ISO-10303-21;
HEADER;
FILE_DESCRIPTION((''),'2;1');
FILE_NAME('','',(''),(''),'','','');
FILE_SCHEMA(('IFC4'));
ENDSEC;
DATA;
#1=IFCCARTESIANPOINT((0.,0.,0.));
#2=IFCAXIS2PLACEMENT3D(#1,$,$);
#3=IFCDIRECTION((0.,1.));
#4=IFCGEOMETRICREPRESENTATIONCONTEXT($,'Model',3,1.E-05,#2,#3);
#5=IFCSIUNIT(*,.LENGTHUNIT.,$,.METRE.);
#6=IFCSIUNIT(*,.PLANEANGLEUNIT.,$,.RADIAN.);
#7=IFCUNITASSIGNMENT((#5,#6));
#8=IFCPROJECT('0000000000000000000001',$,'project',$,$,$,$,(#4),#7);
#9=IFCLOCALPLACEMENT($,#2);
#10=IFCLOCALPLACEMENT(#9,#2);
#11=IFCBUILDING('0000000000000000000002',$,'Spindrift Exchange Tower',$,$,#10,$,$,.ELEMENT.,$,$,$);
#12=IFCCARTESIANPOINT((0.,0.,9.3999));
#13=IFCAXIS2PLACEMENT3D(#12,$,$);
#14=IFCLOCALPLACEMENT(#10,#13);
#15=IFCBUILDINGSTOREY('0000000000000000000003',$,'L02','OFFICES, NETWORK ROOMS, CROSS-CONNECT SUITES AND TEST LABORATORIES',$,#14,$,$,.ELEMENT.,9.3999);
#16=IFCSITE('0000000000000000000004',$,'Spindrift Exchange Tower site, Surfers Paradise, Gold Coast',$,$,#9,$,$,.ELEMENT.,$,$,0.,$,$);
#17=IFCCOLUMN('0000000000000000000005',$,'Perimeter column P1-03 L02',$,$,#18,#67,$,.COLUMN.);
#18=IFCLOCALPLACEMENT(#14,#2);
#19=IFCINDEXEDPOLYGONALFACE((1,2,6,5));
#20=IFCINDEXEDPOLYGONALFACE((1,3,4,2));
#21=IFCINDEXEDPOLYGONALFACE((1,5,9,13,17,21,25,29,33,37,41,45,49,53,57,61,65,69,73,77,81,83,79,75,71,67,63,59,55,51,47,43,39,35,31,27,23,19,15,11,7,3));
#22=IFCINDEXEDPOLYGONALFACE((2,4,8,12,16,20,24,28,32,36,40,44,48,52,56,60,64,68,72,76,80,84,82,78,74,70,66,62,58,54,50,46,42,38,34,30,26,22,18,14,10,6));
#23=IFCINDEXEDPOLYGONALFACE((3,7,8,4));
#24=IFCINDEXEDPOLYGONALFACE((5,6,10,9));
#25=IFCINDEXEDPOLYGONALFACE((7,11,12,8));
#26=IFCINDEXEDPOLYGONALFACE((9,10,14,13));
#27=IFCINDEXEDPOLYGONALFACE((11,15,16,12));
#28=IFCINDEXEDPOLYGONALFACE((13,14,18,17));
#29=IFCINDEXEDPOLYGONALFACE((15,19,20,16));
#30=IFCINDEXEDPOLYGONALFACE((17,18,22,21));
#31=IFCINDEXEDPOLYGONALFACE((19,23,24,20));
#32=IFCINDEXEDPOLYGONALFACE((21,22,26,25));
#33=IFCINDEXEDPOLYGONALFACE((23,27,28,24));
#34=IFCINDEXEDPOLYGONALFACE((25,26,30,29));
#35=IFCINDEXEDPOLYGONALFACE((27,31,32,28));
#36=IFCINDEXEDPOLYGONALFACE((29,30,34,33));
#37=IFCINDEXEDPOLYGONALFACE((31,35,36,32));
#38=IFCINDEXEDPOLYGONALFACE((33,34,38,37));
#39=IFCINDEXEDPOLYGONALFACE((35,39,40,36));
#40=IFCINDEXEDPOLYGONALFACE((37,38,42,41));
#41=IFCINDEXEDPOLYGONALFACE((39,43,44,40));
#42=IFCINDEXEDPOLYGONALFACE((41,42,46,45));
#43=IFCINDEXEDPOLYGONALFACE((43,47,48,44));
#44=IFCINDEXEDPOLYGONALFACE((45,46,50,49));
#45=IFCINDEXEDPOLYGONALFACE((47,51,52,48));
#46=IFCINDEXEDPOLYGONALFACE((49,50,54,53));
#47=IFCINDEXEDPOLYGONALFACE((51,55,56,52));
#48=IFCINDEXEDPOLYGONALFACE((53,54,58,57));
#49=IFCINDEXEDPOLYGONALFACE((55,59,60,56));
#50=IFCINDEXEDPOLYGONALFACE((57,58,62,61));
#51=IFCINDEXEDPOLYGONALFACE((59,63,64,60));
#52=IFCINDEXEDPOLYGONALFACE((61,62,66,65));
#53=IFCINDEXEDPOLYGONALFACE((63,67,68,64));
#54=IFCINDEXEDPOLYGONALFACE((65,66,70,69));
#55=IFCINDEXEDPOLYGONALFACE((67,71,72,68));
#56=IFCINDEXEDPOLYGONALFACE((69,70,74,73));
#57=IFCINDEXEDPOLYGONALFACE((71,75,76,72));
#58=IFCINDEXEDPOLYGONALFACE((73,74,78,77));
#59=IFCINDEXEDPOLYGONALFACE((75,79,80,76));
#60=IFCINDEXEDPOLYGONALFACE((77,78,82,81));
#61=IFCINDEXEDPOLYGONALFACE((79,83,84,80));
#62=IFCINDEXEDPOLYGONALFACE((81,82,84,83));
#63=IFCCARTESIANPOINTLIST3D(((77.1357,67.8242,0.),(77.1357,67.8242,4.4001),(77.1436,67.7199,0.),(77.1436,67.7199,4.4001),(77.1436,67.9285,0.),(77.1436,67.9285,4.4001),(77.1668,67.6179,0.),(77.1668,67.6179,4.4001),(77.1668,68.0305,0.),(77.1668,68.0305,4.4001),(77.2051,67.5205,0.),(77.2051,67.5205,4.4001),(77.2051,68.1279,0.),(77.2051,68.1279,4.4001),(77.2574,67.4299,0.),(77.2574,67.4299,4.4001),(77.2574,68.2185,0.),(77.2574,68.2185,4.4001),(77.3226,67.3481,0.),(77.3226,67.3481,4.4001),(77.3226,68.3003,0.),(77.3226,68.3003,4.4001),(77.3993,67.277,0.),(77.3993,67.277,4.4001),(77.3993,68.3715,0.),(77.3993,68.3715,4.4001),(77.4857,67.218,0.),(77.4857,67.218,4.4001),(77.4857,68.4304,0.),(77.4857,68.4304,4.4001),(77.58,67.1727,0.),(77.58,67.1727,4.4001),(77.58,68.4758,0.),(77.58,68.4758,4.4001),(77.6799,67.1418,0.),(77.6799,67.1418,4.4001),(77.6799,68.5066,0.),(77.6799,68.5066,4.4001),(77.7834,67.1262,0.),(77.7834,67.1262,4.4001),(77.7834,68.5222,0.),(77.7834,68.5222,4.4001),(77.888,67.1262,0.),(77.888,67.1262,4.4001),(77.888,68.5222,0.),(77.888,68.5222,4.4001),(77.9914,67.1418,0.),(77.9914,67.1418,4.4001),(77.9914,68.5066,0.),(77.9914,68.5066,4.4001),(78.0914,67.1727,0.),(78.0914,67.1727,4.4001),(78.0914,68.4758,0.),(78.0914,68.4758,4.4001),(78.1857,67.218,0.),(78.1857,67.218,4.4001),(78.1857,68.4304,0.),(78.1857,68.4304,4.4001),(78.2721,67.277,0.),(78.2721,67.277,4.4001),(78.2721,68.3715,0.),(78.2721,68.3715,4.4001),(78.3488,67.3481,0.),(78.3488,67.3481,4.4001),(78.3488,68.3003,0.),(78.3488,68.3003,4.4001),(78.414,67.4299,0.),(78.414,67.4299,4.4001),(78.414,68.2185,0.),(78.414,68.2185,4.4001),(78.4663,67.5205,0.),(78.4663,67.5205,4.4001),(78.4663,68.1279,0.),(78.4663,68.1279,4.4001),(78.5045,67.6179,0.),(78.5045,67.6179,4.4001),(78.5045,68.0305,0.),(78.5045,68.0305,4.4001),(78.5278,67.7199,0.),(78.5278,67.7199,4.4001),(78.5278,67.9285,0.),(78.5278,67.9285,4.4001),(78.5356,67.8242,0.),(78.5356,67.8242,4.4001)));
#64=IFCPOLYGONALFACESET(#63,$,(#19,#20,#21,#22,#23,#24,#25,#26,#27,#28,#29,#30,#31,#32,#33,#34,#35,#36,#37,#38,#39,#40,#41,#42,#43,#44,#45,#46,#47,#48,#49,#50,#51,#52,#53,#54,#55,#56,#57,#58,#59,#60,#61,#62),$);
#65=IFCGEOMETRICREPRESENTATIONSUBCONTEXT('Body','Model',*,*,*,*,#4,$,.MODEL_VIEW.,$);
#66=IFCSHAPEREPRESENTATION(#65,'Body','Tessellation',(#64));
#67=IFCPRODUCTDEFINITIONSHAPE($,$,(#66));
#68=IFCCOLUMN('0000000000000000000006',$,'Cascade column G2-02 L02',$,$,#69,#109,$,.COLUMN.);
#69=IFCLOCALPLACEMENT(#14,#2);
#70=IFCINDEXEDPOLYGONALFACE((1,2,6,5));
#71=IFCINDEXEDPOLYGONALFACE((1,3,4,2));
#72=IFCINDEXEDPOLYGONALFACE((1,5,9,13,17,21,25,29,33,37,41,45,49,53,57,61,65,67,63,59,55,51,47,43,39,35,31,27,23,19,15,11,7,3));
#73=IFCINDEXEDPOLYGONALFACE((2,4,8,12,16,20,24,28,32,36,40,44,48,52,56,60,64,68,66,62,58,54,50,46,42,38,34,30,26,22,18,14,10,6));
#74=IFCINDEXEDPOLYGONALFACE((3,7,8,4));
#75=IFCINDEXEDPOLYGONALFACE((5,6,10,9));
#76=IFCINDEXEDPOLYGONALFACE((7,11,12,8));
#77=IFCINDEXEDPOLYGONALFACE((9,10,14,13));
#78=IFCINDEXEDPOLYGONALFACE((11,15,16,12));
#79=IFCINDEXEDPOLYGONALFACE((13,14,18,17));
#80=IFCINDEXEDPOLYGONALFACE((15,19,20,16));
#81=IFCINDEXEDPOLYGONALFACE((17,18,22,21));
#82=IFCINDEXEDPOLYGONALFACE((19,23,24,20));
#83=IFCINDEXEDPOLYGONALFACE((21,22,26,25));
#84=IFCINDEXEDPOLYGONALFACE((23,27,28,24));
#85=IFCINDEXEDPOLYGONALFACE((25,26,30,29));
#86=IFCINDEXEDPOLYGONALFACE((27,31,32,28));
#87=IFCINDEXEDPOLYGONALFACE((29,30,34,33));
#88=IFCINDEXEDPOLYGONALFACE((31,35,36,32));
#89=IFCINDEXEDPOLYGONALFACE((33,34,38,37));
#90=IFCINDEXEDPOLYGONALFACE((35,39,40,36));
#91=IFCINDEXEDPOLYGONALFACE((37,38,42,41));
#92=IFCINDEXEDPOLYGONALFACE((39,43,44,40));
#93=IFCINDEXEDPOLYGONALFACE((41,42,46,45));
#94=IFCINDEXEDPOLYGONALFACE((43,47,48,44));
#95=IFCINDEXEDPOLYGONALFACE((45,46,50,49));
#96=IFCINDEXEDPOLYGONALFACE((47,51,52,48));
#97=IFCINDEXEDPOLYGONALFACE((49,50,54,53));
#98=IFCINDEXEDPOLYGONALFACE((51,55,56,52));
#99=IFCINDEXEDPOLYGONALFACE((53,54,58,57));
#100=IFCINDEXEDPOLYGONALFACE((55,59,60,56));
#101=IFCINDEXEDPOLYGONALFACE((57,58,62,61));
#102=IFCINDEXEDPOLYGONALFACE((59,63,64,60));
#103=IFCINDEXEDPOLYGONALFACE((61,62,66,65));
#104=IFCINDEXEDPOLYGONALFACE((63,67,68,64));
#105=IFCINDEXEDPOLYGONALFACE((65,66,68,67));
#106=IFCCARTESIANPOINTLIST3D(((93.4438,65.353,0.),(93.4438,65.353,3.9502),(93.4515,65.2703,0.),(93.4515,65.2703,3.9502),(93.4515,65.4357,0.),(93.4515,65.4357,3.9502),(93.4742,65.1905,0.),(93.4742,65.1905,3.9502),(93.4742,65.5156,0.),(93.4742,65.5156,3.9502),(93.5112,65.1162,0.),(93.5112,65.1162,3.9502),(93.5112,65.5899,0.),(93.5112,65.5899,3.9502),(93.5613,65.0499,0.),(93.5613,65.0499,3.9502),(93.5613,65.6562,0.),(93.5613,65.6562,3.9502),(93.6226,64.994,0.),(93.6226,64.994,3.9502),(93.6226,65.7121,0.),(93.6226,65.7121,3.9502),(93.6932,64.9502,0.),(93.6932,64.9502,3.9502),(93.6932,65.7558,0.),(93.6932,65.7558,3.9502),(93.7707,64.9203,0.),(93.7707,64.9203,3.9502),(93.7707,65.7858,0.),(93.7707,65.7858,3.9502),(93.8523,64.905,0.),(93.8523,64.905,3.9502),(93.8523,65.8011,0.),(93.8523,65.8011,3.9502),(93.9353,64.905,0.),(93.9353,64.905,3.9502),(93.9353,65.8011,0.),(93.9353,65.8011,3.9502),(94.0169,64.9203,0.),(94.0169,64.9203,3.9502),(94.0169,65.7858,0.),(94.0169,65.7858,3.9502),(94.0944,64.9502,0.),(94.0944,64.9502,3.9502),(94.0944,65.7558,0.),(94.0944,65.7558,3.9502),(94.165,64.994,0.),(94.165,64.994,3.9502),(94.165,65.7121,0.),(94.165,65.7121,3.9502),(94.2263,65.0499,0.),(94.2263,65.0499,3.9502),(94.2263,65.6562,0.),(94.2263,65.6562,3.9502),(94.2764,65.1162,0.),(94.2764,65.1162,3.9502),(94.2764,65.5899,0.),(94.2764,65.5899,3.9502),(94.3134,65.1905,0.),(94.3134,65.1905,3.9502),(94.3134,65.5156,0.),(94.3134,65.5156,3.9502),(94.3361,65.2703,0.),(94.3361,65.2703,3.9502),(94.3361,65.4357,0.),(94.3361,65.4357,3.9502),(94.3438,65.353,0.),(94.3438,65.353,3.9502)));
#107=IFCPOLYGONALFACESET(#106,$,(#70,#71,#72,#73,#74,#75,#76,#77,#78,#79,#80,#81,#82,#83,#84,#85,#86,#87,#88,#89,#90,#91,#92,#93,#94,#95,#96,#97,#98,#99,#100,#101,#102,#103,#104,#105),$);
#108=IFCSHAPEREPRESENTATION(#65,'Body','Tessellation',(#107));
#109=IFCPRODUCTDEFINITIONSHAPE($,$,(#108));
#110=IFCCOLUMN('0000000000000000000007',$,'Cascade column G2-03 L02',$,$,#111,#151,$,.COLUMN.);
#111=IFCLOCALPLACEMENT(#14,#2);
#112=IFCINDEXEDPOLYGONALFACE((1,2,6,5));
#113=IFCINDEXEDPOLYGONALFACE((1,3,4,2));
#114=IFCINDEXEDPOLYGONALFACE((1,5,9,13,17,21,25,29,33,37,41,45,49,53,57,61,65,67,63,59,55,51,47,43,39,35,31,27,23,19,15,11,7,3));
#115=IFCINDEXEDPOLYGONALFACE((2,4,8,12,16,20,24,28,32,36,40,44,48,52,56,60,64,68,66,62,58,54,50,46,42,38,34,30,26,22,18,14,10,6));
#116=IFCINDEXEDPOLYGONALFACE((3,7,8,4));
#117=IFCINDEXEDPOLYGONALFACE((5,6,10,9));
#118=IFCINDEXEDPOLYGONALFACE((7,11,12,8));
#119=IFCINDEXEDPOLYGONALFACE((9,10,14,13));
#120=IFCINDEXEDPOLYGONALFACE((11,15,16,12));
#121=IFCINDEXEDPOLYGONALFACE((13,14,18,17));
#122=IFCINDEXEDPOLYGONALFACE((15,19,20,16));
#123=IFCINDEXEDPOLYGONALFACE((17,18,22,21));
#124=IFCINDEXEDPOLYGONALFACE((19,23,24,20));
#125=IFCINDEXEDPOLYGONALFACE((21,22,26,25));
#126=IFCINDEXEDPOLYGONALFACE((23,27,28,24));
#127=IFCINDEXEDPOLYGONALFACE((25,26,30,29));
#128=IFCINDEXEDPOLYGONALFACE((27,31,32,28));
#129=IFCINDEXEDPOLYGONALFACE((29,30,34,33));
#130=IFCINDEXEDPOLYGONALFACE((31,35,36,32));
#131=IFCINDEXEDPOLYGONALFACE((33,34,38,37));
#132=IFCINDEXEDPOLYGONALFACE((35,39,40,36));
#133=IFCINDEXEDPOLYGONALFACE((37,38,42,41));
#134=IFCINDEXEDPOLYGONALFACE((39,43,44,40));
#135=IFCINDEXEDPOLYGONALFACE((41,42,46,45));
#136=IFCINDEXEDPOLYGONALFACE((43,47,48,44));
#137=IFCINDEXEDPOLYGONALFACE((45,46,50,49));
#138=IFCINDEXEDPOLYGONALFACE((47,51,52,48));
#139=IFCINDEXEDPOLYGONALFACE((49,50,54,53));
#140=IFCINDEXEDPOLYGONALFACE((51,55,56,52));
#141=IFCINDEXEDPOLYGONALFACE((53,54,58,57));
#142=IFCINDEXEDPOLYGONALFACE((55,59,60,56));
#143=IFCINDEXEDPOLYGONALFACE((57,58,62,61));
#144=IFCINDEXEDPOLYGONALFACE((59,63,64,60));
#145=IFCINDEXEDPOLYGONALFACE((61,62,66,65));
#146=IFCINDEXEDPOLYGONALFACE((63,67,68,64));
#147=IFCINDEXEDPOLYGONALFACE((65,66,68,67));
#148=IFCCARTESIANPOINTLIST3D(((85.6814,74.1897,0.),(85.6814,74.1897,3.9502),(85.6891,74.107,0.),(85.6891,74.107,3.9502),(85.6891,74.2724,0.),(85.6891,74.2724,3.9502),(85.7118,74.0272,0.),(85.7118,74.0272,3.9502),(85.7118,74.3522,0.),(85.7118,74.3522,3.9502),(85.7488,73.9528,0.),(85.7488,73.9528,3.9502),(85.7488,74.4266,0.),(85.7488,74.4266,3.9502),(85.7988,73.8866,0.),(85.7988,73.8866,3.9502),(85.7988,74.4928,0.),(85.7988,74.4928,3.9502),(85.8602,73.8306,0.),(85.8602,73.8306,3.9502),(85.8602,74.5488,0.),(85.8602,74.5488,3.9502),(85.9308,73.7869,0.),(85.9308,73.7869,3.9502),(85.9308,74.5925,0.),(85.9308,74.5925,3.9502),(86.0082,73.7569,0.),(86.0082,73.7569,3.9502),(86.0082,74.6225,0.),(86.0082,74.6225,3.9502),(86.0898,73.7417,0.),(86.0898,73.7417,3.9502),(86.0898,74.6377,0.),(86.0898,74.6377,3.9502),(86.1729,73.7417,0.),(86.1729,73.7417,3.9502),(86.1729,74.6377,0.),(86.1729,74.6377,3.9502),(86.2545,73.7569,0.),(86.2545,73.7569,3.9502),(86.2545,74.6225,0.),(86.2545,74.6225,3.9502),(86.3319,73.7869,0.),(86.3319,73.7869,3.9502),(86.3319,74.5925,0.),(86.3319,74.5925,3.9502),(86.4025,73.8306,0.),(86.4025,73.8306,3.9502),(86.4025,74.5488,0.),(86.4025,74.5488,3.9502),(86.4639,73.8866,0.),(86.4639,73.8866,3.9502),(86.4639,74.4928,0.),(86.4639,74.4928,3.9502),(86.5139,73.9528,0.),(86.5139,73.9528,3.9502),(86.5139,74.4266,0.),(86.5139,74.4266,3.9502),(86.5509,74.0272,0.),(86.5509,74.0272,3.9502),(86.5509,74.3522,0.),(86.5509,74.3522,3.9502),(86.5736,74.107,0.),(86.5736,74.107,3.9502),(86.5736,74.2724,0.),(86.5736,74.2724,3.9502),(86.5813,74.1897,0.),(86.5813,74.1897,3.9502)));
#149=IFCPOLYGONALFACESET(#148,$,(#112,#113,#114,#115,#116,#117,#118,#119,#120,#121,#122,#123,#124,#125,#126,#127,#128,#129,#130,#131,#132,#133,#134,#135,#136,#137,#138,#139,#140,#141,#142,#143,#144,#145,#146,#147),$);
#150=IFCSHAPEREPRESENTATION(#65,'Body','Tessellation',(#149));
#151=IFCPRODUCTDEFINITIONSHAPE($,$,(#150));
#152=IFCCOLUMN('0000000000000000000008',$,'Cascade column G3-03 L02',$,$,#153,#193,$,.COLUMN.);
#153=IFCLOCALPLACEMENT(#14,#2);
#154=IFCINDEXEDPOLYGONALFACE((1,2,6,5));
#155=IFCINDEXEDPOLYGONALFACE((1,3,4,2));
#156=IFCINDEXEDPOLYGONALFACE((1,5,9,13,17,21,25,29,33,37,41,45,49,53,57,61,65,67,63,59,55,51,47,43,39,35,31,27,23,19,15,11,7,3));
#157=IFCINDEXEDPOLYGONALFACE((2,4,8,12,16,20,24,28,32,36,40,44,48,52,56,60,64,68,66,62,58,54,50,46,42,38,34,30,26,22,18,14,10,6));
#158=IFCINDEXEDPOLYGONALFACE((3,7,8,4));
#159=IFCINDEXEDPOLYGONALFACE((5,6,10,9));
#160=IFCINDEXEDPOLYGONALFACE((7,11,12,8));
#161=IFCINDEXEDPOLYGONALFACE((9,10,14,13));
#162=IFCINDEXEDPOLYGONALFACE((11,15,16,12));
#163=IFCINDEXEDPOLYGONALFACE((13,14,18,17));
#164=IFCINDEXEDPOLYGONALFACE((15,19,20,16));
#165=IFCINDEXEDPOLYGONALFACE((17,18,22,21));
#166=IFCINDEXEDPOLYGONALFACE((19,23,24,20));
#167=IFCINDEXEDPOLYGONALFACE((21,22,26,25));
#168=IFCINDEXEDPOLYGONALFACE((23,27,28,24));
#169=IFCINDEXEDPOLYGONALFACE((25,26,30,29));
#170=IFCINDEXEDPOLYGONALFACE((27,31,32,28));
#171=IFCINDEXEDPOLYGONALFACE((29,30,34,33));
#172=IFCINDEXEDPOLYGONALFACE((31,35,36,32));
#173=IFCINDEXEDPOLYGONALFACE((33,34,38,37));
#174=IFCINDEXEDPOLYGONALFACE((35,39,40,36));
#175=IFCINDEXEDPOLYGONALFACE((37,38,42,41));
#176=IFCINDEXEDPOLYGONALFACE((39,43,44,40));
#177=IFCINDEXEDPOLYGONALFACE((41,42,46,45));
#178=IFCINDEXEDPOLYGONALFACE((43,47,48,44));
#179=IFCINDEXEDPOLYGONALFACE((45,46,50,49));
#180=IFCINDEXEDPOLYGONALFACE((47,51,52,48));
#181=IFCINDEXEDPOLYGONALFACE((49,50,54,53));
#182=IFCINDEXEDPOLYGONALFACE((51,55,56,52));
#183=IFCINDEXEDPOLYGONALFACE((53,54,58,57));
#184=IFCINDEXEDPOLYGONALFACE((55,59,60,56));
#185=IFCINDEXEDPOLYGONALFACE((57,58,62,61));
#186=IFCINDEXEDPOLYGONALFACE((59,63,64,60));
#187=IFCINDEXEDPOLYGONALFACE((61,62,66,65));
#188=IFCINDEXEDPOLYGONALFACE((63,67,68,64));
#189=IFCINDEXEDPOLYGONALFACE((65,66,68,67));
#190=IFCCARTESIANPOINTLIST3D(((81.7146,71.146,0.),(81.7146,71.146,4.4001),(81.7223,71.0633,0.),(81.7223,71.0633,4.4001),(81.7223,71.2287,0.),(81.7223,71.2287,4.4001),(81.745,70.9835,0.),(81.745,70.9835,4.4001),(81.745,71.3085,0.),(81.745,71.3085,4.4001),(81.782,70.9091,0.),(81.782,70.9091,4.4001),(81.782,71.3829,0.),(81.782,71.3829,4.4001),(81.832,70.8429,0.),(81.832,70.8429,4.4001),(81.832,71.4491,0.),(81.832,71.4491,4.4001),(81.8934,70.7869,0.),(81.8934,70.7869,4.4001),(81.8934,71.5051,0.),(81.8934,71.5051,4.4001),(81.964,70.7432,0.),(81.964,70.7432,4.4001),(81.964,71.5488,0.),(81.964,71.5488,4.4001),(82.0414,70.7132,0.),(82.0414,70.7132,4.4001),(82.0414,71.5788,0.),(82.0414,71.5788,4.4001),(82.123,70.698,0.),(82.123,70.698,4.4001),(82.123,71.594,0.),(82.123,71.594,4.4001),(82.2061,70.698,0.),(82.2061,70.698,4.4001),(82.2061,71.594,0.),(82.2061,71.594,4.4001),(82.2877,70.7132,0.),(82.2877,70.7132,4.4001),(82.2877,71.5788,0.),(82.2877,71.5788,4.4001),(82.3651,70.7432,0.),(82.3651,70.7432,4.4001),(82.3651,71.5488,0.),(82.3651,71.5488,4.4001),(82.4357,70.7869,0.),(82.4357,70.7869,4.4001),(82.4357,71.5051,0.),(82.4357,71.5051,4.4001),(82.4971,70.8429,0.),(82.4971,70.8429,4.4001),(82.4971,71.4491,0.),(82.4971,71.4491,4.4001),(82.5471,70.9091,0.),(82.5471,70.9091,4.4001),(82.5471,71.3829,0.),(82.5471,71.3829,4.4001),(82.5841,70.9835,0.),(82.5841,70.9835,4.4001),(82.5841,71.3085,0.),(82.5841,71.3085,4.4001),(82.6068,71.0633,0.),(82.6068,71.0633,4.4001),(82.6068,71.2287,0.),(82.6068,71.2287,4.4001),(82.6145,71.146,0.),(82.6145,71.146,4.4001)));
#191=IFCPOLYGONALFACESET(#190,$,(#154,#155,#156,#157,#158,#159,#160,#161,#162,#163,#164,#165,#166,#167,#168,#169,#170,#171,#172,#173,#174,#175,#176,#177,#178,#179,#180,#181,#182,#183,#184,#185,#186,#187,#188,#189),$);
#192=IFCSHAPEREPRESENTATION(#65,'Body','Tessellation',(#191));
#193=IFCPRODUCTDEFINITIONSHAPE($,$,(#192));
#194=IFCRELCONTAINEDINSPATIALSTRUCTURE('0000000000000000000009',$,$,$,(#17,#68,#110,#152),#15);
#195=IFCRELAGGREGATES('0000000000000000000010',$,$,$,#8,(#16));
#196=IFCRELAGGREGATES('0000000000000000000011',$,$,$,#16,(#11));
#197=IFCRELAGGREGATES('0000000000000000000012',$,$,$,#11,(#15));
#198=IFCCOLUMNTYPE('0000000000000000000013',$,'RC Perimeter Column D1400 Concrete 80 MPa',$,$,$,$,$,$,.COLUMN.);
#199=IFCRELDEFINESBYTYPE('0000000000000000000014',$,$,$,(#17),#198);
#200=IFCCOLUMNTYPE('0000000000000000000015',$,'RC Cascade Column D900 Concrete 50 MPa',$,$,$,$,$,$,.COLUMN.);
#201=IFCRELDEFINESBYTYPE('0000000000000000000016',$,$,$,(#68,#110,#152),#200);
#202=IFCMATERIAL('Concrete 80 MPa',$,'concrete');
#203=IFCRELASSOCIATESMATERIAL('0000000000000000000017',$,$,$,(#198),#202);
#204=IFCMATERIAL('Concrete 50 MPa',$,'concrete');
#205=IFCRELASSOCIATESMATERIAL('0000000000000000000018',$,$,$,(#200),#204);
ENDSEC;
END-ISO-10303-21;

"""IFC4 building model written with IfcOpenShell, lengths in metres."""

from ifc_helpers import new_model, si_unit, direction, frame, origin, origin_2d, place, context, subcontext, project, spatial, circle, extrude, source, transform, mapped, material, material_profile, profile_set, type_object, element, save


model = new_model("IFC4")

# Units and contexts
model_context = context("Model", 3, precision=1e-05, world=origin(), true_north=direction((0.0, 1.0)))
body_context = subcontext(model_context, "Body", "Model", "MODEL_VIEW")
ifc_project = project(units=[si_unit("LENGTHUNIT", "METRE"), si_unit("PLANEANGLEUNIT", "RADIAN")], contexts=[model_context])

# Site, building, storey
site_placement = place(None, origin())
site = spatial("IfcSite", under=ifc_project, at=site_placement, Name="Spindrift Exchange Tower site, Surfers Paradise, Gold Coast", CompositionType="ELEMENT", RefElevation=0.0)
building_placement = place(site_placement, origin())
building = spatial("IfcBuilding", under=site, at=building_placement, Name="Spindrift Exchange Tower", CompositionType="ELEMENT")
storey_placement = place(building_placement, frame((0.0, 0.0, 9.3999)))
storey = spatial("IfcBuildingStorey", under=building, at=storey_placement, Name="L02", Description="OFFICES, NETWORK ROOMS, CROSS-CONNECT SUITES AND TEST LABORATORIES", CompositionType="ELEMENT", Elevation=9.3999)

# Columns
ifc_material_1 = material(Name="Concrete 80 MPa", Category="concrete")
ifc_material_profile_1 = material_profile(ifc_material_1, circle(Radius=0.7, at=origin_2d()), Name="RC D1400")
ifc_profile_set_1 = profile_set([ifc_material_profile_1], Name="Concrete 80 MPa")
column_type_1 = type_object("IfcColumnType", Name="RC Perimeter Column D1400 Concrete 80 MPa", PredefinedType="COLUMN", material=ifc_profile_set_1)
shared_shape_1 = source(origin(), body_context, "Body", "SweptSolid", [
    extrude(circle(Radius=0.7, at=origin_2d()), origin(), (0.0, 0.0, 1.0), 4.4001),
])
column_1_placement = place(storey_placement, frame((77.8357, 67.8242, 0.0), z_axis=(0.0, 0.0, 1.0), x_axis=(1.0, 0.0, 0.0)))
element("IfcColumn", 1, at=column_1_placement, inside=storey, type_object=column_type_1, Name="Perimeter column P1-03 L02", PredefinedType="COLUMN", context=body_context, shape_type="MappedRepresentation", body=[
    mapped(shared_shape_1, transform((0.0, 0.0, 0.0), scale=1.0)),
])
ifc_material_2 = material(Name="Concrete 50 MPa", Category="concrete")
ifc_material_profile_2 = material_profile(ifc_material_2, circle(Radius=0.45, at=origin_2d()), Name="RC D900")
ifc_profile_set_2 = profile_set([ifc_material_profile_2], Name="Concrete 50 MPa")
column_type_2 = type_object("IfcColumnType", Name="RC Cascade Column D900 Concrete 50 MPa", PredefinedType="COLUMN", material=ifc_profile_set_2)
shared_shape_2 = source(origin(), body_context, "Body", "SweptSolid", [
    extrude(circle(Radius=0.45, at=origin_2d()), origin(), (0.0, 0.0, 1.0), 3.9502),
])
for number, where, z_axis, x_axis, name in (
    (2, (93.8938, 65.353, 0.0), (0.0, 0.0, 1.0), (1.0, 0.0, 0.0), "Cascade column G2-02 L02"),
    (3, (86.1313, 74.1897, 0.0), (0.0, 0.0, 1.0), (1.0, 0.0, 0.0), "Cascade column G2-03 L02"),
):
    element("IfcColumn", number, at=place(storey_placement, frame(where, z_axis=z_axis, x_axis=x_axis)), inside=storey, type_object=column_type_2, Name=name, PredefinedType="COLUMN", context=body_context, shape_type="MappedRepresentation", body=[
        mapped(shared_shape_2, transform((0.0, 0.0, 0.0), scale=1.0)),
    ])
shared_shape_3 = source(origin(), body_context, "Body", "SweptSolid", [
    extrude(circle(Radius=0.45, at=origin_2d()), origin(), (0.0, 0.0, 1.0), 4.4001),
])
column_2_placement = place(storey_placement, frame((82.1646, 71.146, 0.0), z_axis=(0.0, 0.0, 1.0), x_axis=(1.0, 0.0, 0.0)))
element("IfcColumn", 4, at=column_2_placement, inside=storey, type_object=column_type_2, Name="Cascade column G3-03 L02", PredefinedType="COLUMN", context=body_context, shape_type="MappedRepresentation", body=[
    mapped(shared_shape_3, transform((0.0, 0.0, 0.0), scale=1.0)),
])

save(model, "model.ifc")
